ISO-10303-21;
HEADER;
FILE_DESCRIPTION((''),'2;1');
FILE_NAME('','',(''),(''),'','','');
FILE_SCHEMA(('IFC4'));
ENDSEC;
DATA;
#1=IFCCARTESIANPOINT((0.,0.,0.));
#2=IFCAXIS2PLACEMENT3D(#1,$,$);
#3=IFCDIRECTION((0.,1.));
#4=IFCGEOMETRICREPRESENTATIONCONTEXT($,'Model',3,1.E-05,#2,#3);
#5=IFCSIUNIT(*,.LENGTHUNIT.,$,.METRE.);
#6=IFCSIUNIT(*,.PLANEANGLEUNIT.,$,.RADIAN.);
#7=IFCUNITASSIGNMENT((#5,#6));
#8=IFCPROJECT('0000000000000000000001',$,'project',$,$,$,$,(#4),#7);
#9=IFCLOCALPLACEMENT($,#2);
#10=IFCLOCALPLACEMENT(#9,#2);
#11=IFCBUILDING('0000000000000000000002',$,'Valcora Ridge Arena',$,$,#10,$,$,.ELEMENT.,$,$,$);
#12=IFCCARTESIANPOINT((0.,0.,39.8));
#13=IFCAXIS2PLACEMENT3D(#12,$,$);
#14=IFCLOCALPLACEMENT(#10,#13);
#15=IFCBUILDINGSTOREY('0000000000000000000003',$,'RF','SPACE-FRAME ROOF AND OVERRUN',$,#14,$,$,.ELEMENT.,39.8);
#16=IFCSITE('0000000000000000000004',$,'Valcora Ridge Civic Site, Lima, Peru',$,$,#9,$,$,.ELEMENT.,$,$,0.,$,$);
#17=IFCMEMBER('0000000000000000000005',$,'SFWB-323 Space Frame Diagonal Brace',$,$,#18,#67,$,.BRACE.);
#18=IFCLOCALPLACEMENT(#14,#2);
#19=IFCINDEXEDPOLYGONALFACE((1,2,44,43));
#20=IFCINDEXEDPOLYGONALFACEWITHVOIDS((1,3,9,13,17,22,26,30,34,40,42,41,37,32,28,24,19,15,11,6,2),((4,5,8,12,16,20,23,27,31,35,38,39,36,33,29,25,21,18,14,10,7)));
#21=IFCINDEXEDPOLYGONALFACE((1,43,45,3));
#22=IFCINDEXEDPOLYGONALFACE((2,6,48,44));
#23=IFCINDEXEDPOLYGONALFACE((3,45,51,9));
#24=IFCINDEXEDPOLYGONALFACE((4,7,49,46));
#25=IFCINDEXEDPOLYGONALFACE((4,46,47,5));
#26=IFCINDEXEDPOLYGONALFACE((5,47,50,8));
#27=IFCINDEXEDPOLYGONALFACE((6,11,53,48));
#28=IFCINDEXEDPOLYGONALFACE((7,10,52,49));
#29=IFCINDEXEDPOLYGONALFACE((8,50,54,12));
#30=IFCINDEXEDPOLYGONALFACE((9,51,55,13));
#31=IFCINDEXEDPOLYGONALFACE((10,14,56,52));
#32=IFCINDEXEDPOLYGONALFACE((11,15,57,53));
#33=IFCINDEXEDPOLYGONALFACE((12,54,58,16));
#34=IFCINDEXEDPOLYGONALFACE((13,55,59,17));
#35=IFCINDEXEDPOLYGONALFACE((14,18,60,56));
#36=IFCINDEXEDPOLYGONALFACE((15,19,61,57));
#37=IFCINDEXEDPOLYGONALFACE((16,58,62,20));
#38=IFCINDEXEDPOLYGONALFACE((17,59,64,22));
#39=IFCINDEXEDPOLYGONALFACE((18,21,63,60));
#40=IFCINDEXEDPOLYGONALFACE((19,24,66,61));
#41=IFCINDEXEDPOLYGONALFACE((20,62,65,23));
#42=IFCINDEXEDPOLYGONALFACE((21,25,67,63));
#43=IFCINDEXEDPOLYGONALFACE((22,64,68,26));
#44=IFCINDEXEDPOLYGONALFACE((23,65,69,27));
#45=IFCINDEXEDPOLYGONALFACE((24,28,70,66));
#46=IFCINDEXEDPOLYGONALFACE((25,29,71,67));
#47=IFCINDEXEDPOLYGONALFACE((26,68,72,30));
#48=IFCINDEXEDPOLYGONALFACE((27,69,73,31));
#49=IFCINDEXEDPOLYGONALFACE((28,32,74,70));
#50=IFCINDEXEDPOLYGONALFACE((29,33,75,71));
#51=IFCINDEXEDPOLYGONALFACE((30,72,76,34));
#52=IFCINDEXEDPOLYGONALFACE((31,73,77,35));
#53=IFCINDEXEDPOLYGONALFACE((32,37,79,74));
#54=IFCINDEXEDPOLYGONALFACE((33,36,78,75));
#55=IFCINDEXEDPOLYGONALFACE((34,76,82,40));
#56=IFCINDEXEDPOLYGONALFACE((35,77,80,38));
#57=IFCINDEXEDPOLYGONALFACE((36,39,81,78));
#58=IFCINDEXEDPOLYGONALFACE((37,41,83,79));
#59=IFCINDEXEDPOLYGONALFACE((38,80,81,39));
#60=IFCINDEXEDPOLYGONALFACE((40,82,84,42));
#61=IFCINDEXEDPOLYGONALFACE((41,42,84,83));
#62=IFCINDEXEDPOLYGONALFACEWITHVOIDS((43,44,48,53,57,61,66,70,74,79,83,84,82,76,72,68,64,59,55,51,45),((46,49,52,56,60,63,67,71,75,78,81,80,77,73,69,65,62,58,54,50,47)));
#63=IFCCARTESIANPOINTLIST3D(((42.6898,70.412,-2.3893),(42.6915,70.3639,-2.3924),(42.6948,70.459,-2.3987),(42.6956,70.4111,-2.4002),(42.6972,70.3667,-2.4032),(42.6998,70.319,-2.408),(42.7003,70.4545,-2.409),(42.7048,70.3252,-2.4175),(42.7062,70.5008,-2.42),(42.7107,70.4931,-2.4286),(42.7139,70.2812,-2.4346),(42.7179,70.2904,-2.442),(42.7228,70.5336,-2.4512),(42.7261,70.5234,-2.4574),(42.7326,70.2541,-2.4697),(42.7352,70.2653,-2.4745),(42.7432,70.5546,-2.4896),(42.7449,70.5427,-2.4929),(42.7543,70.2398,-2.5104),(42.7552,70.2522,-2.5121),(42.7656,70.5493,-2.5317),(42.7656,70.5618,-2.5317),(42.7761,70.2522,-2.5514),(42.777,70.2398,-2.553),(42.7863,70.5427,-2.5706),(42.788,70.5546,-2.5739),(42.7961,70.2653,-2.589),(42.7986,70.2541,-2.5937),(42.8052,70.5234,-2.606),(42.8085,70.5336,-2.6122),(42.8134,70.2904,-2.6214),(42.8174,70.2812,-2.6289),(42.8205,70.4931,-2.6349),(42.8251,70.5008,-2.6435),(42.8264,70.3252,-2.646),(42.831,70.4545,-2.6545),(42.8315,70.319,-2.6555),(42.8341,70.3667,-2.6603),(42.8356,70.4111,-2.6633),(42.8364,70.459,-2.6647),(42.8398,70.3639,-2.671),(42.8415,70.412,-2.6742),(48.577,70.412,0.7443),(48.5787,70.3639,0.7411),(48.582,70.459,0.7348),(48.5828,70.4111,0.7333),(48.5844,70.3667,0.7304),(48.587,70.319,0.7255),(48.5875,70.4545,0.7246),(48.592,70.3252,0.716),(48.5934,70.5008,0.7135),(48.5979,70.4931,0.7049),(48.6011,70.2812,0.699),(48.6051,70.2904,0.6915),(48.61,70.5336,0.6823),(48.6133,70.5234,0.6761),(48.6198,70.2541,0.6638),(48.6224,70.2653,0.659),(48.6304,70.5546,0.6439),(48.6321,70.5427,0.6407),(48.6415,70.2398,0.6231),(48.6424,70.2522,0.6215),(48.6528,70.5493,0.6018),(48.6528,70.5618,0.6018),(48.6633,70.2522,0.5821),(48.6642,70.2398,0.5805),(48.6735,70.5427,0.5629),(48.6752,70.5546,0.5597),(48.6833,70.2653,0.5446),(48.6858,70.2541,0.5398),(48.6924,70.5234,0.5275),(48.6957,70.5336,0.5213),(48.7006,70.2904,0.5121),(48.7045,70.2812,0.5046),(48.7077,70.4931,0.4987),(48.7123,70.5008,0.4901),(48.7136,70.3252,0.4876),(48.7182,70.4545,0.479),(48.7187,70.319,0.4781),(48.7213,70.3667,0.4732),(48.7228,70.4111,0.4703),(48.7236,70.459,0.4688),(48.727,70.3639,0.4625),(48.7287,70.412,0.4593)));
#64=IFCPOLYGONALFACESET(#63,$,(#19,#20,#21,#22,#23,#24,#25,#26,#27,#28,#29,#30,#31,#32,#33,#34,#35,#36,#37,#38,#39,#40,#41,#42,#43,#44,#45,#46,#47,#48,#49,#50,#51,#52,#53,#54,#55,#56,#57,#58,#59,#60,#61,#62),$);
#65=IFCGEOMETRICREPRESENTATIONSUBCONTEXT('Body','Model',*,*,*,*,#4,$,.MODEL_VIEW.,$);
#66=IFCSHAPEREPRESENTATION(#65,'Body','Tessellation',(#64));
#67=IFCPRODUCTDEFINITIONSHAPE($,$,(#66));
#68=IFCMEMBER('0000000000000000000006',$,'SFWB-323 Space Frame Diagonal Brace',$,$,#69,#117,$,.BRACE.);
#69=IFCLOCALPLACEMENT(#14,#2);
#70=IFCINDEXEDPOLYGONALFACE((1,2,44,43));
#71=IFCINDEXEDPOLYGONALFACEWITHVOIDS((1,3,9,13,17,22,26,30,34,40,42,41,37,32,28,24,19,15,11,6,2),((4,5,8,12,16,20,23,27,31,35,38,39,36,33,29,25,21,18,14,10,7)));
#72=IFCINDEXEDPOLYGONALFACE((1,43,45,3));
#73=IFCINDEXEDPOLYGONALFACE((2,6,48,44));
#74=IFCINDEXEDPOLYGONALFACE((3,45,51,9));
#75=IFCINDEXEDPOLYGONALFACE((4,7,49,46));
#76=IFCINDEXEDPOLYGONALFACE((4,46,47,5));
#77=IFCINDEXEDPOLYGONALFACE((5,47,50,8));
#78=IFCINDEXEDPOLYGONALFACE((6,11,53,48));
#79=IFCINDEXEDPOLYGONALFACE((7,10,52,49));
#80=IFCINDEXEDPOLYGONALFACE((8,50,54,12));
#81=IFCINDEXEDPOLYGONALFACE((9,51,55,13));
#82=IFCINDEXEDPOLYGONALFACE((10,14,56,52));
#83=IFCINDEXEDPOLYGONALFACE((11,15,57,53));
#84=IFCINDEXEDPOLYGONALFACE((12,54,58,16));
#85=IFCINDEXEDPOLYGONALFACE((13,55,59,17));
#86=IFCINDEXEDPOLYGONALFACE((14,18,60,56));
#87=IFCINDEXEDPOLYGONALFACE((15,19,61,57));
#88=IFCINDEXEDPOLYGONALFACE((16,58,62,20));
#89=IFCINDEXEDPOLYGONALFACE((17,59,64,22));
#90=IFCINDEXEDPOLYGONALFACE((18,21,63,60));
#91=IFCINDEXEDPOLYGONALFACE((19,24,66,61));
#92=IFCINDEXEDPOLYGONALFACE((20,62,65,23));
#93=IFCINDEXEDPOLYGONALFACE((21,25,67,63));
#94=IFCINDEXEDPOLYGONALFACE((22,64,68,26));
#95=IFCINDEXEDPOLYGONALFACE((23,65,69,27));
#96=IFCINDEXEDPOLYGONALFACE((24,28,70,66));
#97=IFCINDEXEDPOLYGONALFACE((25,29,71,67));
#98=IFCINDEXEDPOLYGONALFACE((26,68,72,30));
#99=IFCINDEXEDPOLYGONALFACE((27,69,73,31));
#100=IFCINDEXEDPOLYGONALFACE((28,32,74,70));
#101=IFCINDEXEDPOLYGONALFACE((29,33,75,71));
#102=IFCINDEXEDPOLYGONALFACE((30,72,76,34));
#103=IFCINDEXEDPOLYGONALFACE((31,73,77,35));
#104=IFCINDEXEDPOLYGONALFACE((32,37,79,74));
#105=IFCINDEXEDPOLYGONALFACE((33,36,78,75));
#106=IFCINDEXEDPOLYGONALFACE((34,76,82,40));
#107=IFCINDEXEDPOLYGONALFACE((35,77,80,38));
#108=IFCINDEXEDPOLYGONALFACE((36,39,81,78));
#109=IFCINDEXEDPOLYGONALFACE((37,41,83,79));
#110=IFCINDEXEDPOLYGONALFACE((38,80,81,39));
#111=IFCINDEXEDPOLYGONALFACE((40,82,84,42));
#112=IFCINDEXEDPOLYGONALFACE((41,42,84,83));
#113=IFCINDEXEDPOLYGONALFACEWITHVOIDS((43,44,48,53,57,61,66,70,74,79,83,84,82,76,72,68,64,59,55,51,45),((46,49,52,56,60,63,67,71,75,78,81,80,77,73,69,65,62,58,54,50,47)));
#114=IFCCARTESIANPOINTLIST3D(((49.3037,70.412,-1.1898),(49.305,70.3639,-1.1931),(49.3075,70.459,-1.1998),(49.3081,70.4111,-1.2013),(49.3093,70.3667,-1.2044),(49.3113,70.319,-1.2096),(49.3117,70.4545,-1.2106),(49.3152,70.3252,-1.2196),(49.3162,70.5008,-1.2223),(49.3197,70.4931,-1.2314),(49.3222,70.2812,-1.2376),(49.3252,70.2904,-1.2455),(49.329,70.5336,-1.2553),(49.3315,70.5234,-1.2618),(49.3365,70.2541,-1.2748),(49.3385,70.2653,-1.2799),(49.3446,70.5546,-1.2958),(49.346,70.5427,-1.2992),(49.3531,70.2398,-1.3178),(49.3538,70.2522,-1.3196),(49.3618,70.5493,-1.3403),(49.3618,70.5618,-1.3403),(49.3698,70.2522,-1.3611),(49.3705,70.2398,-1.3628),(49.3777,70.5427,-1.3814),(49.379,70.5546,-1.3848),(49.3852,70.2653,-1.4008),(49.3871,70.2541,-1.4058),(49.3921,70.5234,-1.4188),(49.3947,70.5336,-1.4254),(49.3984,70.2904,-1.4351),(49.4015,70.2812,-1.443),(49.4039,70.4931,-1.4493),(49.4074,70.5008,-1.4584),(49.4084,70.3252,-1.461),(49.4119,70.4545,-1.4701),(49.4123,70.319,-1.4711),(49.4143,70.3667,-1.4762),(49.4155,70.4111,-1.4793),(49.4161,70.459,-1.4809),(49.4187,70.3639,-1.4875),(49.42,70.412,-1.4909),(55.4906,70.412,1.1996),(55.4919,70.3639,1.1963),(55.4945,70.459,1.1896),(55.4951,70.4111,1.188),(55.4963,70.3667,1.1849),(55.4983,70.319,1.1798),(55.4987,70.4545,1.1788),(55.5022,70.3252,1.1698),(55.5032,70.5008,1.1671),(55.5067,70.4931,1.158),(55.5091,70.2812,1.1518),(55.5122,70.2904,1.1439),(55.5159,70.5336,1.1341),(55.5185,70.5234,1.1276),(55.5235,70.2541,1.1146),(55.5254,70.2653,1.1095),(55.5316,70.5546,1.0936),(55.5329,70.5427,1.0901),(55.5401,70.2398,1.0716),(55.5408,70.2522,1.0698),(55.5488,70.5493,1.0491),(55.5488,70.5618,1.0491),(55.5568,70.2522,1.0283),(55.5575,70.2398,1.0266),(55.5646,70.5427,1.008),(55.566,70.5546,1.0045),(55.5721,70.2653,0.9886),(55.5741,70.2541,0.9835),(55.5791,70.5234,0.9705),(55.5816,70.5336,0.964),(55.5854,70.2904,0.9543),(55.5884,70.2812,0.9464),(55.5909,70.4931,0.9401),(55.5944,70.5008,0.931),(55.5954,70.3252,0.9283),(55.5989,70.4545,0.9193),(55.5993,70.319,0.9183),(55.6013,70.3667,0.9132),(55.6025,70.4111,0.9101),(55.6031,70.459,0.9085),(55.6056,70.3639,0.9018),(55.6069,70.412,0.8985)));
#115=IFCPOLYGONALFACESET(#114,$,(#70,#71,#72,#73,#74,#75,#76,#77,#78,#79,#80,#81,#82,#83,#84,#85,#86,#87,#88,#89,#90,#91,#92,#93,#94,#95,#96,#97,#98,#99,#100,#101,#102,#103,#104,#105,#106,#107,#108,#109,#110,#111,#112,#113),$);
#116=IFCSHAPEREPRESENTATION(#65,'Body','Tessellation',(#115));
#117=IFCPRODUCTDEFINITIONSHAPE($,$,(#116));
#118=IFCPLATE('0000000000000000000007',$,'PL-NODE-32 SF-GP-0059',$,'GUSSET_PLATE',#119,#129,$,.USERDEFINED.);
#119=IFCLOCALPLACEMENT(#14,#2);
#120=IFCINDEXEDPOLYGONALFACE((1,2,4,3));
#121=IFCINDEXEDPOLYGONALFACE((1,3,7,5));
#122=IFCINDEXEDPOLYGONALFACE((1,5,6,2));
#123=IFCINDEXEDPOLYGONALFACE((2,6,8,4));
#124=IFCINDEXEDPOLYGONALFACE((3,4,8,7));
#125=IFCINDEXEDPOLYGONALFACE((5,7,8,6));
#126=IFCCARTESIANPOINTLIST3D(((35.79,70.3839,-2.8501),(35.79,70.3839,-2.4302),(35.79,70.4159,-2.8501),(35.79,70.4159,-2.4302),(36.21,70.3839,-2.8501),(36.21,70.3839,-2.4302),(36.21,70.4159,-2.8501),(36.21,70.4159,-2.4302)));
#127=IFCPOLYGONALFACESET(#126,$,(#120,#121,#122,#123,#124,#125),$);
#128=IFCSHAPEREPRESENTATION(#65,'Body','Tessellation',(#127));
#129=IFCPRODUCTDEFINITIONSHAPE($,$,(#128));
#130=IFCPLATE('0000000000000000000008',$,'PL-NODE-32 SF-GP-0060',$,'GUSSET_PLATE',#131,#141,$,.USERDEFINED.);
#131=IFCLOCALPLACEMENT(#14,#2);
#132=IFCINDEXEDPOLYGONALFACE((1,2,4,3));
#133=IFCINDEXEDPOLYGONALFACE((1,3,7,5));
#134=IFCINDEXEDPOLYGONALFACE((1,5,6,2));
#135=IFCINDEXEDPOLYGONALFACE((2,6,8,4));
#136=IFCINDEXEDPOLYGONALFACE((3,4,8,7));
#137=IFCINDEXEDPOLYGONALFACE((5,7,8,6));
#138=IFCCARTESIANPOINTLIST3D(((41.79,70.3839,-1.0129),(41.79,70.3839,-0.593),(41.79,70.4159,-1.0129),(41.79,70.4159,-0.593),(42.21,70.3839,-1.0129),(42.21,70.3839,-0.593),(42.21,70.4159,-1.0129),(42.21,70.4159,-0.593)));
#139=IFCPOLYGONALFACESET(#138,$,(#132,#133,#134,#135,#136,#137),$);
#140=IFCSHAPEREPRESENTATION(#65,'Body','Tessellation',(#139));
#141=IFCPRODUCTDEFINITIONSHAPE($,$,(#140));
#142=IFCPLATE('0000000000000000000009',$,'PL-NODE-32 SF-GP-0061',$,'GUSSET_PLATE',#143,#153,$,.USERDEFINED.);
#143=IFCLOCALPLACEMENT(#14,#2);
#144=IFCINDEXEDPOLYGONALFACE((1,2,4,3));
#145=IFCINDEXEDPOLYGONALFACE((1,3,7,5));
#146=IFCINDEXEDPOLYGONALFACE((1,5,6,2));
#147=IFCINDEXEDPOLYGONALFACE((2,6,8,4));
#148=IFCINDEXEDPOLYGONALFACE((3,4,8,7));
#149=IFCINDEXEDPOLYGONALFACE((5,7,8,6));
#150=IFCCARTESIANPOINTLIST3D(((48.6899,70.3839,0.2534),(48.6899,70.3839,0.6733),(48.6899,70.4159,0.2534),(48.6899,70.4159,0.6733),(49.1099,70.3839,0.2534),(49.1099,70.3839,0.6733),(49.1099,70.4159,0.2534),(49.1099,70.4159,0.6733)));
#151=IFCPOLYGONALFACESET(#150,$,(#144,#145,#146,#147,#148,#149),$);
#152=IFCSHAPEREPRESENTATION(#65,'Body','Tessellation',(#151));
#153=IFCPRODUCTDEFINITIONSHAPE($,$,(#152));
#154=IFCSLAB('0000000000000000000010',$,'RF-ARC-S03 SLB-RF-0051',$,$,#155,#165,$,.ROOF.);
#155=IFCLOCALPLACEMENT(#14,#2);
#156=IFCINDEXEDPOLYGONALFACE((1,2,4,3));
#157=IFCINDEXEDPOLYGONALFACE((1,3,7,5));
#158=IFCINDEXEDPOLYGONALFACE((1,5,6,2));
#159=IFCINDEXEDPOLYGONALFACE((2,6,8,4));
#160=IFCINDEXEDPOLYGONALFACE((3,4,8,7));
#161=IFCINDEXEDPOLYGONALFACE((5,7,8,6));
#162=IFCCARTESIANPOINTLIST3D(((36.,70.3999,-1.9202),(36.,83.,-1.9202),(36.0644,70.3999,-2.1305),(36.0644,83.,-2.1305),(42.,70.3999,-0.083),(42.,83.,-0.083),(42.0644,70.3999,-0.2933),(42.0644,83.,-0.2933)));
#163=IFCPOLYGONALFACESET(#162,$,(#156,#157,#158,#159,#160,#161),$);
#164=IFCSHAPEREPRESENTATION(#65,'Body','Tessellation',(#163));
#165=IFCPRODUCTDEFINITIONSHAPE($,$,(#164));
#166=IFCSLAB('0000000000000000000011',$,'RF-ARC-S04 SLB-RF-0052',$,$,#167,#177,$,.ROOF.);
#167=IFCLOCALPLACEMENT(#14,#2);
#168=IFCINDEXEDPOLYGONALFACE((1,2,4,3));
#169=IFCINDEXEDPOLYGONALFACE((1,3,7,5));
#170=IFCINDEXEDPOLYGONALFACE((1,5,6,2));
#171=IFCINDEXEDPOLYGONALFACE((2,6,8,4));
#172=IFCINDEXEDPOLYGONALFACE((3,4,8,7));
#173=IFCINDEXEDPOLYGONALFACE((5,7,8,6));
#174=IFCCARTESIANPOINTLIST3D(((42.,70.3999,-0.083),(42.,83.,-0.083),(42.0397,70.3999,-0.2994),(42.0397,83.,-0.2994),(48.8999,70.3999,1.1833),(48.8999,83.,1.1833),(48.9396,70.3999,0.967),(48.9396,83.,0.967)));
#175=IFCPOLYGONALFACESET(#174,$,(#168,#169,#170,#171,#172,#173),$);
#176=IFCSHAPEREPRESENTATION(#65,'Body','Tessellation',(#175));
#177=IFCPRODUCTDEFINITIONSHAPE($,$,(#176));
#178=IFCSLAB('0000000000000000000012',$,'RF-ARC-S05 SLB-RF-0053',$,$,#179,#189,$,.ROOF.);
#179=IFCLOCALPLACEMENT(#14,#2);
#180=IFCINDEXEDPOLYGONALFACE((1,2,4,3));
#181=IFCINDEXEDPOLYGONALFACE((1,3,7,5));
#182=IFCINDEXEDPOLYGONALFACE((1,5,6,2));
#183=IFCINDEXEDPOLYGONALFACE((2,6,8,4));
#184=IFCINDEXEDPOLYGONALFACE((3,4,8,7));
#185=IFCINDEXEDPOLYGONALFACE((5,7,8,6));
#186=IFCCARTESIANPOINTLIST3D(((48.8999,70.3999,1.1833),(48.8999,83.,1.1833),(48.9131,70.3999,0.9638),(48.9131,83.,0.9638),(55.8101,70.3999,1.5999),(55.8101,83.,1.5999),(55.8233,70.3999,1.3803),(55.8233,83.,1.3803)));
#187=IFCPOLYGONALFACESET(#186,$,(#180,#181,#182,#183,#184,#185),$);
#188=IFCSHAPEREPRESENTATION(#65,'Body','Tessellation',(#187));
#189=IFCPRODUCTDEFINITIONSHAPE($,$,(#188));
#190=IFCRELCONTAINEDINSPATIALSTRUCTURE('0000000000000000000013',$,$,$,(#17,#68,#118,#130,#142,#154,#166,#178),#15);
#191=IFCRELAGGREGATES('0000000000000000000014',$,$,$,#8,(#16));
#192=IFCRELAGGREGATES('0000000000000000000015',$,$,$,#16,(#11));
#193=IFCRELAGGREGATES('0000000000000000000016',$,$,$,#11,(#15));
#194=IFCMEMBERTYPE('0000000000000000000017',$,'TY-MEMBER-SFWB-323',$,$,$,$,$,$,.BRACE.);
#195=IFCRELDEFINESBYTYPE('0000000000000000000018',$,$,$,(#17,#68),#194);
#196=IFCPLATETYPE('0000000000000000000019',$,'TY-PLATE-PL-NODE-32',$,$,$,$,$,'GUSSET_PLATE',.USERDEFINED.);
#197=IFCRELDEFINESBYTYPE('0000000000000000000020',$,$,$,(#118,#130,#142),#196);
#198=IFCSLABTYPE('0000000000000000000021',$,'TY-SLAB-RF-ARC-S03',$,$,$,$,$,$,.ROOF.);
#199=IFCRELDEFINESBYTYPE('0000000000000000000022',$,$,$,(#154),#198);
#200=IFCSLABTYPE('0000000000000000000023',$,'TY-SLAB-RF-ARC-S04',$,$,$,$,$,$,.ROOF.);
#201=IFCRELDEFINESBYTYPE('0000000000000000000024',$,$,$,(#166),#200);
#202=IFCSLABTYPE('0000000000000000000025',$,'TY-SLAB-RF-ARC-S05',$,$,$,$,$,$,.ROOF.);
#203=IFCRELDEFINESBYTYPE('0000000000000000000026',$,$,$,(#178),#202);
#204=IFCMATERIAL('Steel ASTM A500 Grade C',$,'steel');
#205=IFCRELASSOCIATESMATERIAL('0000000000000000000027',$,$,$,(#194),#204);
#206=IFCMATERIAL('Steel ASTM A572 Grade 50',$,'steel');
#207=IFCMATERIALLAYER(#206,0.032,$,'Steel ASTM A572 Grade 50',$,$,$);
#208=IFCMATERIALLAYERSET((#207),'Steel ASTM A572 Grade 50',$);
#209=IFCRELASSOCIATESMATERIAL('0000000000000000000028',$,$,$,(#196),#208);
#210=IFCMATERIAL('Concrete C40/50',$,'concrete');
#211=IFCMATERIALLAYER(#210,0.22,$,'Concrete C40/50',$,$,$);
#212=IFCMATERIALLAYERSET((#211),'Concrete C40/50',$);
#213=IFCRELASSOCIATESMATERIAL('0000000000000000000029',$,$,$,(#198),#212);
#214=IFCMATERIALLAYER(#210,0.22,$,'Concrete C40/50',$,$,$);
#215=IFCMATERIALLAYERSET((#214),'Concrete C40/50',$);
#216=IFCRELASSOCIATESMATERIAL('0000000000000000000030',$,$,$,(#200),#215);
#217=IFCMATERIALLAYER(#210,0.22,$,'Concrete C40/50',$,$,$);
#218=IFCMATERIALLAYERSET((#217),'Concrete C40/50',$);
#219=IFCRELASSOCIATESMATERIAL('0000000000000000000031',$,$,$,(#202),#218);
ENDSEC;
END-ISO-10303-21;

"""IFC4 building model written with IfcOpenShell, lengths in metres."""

from ifc_helpers import new_model, si_unit, direction, frame, origin, origin_2d, place, context, subcontext, project, spatial, polyline, rectangle, hollow_circle, outline, extrude, material, layer, layer_set, material_profile, profile_set, type_object, element, save


model = new_model("IFC4")

# Units and contexts
model_context = context("Model", 3, precision=1e-05, world=origin(), true_north=direction((0.0, 1.0)))
body_context = subcontext(model_context, "Body", "Model", "MODEL_VIEW")
ifc_project = project(units=[si_unit("LENGTHUNIT", "METRE"), si_unit("PLANEANGLEUNIT", "RADIAN")], contexts=[model_context])

# Site, building, storey
site_placement = place(None, origin())
site = spatial("IfcSite", under=ifc_project, at=site_placement, Name="Valcora Ridge Civic Site, Lima, Peru", CompositionType="ELEMENT", RefElevation=0.0)
building_placement = place(site_placement, origin())
building = spatial("IfcBuilding", under=site, at=building_placement, Name="Valcora Ridge Arena", CompositionType="ELEMENT")
storey_placement = place(building_placement, frame((0.0, 0.0, 39.8)))
storey = spatial("IfcBuildingStorey", under=building, at=storey_placement, Name="RF", Description="SPACE-FRAME ROOF AND OVERRUN", CompositionType="ELEMENT", Elevation=39.8)

# Members
ifc_material_1 = material(Name="Steel ASTM A572 Grade 50", Category="steel")
ifc_material_2 = material(Name="Steel ASTM A500 Grade C", Category="steel")
ifc_material_profile_1 = material_profile(ifc_material_2, hollow_circle(Radius=0.1619, WallThickness=0.0125, at=origin_2d()), Name="CHS323X12")
ifc_profile_set_1 = profile_set([ifc_material_profile_1], Name="Steel ASTM A500 Grade C")
member_type_1 = type_object("IfcMemberType", Name="TY-MEMBER-SFWB-323", PredefinedType="BRACE", material=ifc_profile_set_1)
member_1_placement = place(storey_placement, frame((42.7656, 70.3999, -2.5317), z_axis=(0.882745, 0.0, 0.469853), x_axis=(0.0, 1.0, 0.0)))
element("IfcMember", 1, at=member_1_placement, inside=storey, type_object=member_type_1, Name="SFWB-323 Space Frame Diagonal Brace", PredefinedType="BRACE", context=body_context, shape_type="SweptSolid", body=[
    extrude(hollow_circle(Radius=0.1619, WallThickness=0.0125, at=origin_2d()), origin(), (0.0, 0.0, 1.0), 6.6692),
])
member_2_placement = place(storey_placement, frame((49.3618, 70.3999, -1.3403), z_axis=(0.93285, 0.0, 0.360264), x_axis=(0.0, 1.0, 0.0)))
element("IfcMember", 2, at=member_2_placement, inside=storey, type_object=member_type_1, Name="SFWB-323 Space Frame Diagonal Brace", PredefinedType="BRACE", context=body_context, shape_type="SweptSolid", body=[
    extrude(hollow_circle(Radius=0.1619, WallThickness=0.0125, at=origin_2d()), origin(), (0.0, 0.0, 1.0), 6.6323),
])

# Plates
ifc_layer_1 = layer(ifc_material_1, 0.032, Name="Steel ASTM A572 Grade 50")
ifc_layer_set_1 = layer_set([ifc_layer_1], Name="Steel ASTM A572 Grade 50")
plate_type = type_object("IfcPlateType", Name="TY-PLATE-PL-NODE-32", ElementType="GUSSET_PLATE", PredefinedType="USERDEFINED", material=ifc_layer_set_1)
for number, where, z_axis, x_axis, name in (
    (3, (36.0, 70.3999, -2.8501), (0.0, 0.0, 1.0), (1.0, 0.0, 0.0), "PL-NODE-32 SF-GP-0059"),
    (4, (42.0, 70.3999, -1.0129), (0.0, 0.0, 1.0), (1.0, 0.0, 0.0), "PL-NODE-32 SF-GP-0060"),
    (5, (48.8999, 70.3999, 0.2534), (0.0, 0.0, 1.0), (1.0, 0.0, 0.0), "PL-NODE-32 SF-GP-0061"),
):
    element("IfcPlate", number, at=place(storey_placement, frame(where, z_axis=z_axis, x_axis=x_axis)), inside=storey, type_object=plate_type, Name=name, ObjectType="GUSSET_PLATE", PredefinedType="USERDEFINED", context=body_context, shape_type="SweptSolid", body=[
        extrude(rectangle(XDim=0.4199, YDim=0.032, at=origin_2d()), origin(), (0.0, 0.0, 1.0), 0.4199),
    ])

# Slabs
ifc_material_3 = material(Name="Concrete C40/50", Category="concrete")
ifc_layer_2 = layer(ifc_material_3, 0.22, Name="Concrete C40/50")
ifc_layer_set_2 = layer_set([ifc_layer_2], Name="Concrete C40/50")
slab_type_1 = type_object("IfcSlabType", Name="TY-SLAB-RF-ARC-S03", PredefinedType="ROOF", material=ifc_layer_set_2)
slab_1_placement = place(storey_placement, frame((36.0, 70.3999, -1.9202), z_axis=(-0.292776, 0.0, 0.956181), x_axis=(0.956181, 0.0, 0.292776)))
element("IfcSlab", 6, at=slab_1_placement, inside=storey, type_object=slab_type_1, Name="RF-ARC-S03 SLB-RF-0051", PredefinedType="ROOF", context=body_context, shape_type="SweptSolid", body=[
    extrude(outline(polyline([(0.0, 0.0), (6.275, 0.0), (6.275, 12.6001), (0.0, 12.6001), (0.0, 0.0)])), origin(), (0.0, 0.0, -1.0), 0.22),
])
ifc_layer_3 = layer(ifc_material_3, 0.22, Name="Concrete C40/50")
ifc_layer_set_3 = layer_set([ifc_layer_3], Name="Concrete C40/50")
slab_type_2 = type_object("IfcSlabType", Name="TY-SLAB-RF-ARC-S04", PredefinedType="ROOF", material=ifc_layer_set_3)
slab_2_placement = place(storey_placement, frame((42.0, 70.3999, -0.083), z_axis=(-0.180518, 0.0, 0.983572), x_axis=(0.983572, 0.0, 0.180518)))
element("IfcSlab", 7, at=slab_2_placement, inside=storey, type_object=slab_type_2, Name="RF-ARC-S04 SLB-RF-0052", PredefinedType="ROOF", context=body_context, shape_type="SweptSolid", body=[
    extrude(outline(polyline([(0.0, 0.0), (7.0151, 0.0), (7.0151, 12.6001), (0.0, 12.6001), (0.0, 0.0)])), origin(), (0.0, 0.0, -1.0), 0.22),
])
ifc_layer_4 = layer(ifc_material_3, 0.22, Name="Concrete C40/50")
ifc_layer_set_4 = layer_set([ifc_layer_4], Name="Concrete C40/50")
slab_type_3 = type_object("IfcSlabType", Name="TY-SLAB-RF-ARC-S05", PredefinedType="ROOF", material=ifc_layer_set_4)
slab_3_placement = place(storey_placement, frame((48.8999, 70.3999, 1.1833), z_axis=(-0.060165, 0.0, 0.998188), x_axis=(0.998188, 0.0, 0.060165)))
element("IfcSlab", 8, at=slab_3_placement, inside=storey, type_object=slab_type_3, Name="RF-ARC-S05 SLB-RF-0053", PredefinedType="ROOF", context=body_context, shape_type="SweptSolid", body=[
    extrude(outline(polyline([(0.0, 0.0), (6.9227, 0.0), (6.9227, 12.6001), (0.0, 12.6001), (0.0, 0.0)])), origin(), (0.0, 0.0, -1.0), 0.22),
])

save(model, "model.ifc")
